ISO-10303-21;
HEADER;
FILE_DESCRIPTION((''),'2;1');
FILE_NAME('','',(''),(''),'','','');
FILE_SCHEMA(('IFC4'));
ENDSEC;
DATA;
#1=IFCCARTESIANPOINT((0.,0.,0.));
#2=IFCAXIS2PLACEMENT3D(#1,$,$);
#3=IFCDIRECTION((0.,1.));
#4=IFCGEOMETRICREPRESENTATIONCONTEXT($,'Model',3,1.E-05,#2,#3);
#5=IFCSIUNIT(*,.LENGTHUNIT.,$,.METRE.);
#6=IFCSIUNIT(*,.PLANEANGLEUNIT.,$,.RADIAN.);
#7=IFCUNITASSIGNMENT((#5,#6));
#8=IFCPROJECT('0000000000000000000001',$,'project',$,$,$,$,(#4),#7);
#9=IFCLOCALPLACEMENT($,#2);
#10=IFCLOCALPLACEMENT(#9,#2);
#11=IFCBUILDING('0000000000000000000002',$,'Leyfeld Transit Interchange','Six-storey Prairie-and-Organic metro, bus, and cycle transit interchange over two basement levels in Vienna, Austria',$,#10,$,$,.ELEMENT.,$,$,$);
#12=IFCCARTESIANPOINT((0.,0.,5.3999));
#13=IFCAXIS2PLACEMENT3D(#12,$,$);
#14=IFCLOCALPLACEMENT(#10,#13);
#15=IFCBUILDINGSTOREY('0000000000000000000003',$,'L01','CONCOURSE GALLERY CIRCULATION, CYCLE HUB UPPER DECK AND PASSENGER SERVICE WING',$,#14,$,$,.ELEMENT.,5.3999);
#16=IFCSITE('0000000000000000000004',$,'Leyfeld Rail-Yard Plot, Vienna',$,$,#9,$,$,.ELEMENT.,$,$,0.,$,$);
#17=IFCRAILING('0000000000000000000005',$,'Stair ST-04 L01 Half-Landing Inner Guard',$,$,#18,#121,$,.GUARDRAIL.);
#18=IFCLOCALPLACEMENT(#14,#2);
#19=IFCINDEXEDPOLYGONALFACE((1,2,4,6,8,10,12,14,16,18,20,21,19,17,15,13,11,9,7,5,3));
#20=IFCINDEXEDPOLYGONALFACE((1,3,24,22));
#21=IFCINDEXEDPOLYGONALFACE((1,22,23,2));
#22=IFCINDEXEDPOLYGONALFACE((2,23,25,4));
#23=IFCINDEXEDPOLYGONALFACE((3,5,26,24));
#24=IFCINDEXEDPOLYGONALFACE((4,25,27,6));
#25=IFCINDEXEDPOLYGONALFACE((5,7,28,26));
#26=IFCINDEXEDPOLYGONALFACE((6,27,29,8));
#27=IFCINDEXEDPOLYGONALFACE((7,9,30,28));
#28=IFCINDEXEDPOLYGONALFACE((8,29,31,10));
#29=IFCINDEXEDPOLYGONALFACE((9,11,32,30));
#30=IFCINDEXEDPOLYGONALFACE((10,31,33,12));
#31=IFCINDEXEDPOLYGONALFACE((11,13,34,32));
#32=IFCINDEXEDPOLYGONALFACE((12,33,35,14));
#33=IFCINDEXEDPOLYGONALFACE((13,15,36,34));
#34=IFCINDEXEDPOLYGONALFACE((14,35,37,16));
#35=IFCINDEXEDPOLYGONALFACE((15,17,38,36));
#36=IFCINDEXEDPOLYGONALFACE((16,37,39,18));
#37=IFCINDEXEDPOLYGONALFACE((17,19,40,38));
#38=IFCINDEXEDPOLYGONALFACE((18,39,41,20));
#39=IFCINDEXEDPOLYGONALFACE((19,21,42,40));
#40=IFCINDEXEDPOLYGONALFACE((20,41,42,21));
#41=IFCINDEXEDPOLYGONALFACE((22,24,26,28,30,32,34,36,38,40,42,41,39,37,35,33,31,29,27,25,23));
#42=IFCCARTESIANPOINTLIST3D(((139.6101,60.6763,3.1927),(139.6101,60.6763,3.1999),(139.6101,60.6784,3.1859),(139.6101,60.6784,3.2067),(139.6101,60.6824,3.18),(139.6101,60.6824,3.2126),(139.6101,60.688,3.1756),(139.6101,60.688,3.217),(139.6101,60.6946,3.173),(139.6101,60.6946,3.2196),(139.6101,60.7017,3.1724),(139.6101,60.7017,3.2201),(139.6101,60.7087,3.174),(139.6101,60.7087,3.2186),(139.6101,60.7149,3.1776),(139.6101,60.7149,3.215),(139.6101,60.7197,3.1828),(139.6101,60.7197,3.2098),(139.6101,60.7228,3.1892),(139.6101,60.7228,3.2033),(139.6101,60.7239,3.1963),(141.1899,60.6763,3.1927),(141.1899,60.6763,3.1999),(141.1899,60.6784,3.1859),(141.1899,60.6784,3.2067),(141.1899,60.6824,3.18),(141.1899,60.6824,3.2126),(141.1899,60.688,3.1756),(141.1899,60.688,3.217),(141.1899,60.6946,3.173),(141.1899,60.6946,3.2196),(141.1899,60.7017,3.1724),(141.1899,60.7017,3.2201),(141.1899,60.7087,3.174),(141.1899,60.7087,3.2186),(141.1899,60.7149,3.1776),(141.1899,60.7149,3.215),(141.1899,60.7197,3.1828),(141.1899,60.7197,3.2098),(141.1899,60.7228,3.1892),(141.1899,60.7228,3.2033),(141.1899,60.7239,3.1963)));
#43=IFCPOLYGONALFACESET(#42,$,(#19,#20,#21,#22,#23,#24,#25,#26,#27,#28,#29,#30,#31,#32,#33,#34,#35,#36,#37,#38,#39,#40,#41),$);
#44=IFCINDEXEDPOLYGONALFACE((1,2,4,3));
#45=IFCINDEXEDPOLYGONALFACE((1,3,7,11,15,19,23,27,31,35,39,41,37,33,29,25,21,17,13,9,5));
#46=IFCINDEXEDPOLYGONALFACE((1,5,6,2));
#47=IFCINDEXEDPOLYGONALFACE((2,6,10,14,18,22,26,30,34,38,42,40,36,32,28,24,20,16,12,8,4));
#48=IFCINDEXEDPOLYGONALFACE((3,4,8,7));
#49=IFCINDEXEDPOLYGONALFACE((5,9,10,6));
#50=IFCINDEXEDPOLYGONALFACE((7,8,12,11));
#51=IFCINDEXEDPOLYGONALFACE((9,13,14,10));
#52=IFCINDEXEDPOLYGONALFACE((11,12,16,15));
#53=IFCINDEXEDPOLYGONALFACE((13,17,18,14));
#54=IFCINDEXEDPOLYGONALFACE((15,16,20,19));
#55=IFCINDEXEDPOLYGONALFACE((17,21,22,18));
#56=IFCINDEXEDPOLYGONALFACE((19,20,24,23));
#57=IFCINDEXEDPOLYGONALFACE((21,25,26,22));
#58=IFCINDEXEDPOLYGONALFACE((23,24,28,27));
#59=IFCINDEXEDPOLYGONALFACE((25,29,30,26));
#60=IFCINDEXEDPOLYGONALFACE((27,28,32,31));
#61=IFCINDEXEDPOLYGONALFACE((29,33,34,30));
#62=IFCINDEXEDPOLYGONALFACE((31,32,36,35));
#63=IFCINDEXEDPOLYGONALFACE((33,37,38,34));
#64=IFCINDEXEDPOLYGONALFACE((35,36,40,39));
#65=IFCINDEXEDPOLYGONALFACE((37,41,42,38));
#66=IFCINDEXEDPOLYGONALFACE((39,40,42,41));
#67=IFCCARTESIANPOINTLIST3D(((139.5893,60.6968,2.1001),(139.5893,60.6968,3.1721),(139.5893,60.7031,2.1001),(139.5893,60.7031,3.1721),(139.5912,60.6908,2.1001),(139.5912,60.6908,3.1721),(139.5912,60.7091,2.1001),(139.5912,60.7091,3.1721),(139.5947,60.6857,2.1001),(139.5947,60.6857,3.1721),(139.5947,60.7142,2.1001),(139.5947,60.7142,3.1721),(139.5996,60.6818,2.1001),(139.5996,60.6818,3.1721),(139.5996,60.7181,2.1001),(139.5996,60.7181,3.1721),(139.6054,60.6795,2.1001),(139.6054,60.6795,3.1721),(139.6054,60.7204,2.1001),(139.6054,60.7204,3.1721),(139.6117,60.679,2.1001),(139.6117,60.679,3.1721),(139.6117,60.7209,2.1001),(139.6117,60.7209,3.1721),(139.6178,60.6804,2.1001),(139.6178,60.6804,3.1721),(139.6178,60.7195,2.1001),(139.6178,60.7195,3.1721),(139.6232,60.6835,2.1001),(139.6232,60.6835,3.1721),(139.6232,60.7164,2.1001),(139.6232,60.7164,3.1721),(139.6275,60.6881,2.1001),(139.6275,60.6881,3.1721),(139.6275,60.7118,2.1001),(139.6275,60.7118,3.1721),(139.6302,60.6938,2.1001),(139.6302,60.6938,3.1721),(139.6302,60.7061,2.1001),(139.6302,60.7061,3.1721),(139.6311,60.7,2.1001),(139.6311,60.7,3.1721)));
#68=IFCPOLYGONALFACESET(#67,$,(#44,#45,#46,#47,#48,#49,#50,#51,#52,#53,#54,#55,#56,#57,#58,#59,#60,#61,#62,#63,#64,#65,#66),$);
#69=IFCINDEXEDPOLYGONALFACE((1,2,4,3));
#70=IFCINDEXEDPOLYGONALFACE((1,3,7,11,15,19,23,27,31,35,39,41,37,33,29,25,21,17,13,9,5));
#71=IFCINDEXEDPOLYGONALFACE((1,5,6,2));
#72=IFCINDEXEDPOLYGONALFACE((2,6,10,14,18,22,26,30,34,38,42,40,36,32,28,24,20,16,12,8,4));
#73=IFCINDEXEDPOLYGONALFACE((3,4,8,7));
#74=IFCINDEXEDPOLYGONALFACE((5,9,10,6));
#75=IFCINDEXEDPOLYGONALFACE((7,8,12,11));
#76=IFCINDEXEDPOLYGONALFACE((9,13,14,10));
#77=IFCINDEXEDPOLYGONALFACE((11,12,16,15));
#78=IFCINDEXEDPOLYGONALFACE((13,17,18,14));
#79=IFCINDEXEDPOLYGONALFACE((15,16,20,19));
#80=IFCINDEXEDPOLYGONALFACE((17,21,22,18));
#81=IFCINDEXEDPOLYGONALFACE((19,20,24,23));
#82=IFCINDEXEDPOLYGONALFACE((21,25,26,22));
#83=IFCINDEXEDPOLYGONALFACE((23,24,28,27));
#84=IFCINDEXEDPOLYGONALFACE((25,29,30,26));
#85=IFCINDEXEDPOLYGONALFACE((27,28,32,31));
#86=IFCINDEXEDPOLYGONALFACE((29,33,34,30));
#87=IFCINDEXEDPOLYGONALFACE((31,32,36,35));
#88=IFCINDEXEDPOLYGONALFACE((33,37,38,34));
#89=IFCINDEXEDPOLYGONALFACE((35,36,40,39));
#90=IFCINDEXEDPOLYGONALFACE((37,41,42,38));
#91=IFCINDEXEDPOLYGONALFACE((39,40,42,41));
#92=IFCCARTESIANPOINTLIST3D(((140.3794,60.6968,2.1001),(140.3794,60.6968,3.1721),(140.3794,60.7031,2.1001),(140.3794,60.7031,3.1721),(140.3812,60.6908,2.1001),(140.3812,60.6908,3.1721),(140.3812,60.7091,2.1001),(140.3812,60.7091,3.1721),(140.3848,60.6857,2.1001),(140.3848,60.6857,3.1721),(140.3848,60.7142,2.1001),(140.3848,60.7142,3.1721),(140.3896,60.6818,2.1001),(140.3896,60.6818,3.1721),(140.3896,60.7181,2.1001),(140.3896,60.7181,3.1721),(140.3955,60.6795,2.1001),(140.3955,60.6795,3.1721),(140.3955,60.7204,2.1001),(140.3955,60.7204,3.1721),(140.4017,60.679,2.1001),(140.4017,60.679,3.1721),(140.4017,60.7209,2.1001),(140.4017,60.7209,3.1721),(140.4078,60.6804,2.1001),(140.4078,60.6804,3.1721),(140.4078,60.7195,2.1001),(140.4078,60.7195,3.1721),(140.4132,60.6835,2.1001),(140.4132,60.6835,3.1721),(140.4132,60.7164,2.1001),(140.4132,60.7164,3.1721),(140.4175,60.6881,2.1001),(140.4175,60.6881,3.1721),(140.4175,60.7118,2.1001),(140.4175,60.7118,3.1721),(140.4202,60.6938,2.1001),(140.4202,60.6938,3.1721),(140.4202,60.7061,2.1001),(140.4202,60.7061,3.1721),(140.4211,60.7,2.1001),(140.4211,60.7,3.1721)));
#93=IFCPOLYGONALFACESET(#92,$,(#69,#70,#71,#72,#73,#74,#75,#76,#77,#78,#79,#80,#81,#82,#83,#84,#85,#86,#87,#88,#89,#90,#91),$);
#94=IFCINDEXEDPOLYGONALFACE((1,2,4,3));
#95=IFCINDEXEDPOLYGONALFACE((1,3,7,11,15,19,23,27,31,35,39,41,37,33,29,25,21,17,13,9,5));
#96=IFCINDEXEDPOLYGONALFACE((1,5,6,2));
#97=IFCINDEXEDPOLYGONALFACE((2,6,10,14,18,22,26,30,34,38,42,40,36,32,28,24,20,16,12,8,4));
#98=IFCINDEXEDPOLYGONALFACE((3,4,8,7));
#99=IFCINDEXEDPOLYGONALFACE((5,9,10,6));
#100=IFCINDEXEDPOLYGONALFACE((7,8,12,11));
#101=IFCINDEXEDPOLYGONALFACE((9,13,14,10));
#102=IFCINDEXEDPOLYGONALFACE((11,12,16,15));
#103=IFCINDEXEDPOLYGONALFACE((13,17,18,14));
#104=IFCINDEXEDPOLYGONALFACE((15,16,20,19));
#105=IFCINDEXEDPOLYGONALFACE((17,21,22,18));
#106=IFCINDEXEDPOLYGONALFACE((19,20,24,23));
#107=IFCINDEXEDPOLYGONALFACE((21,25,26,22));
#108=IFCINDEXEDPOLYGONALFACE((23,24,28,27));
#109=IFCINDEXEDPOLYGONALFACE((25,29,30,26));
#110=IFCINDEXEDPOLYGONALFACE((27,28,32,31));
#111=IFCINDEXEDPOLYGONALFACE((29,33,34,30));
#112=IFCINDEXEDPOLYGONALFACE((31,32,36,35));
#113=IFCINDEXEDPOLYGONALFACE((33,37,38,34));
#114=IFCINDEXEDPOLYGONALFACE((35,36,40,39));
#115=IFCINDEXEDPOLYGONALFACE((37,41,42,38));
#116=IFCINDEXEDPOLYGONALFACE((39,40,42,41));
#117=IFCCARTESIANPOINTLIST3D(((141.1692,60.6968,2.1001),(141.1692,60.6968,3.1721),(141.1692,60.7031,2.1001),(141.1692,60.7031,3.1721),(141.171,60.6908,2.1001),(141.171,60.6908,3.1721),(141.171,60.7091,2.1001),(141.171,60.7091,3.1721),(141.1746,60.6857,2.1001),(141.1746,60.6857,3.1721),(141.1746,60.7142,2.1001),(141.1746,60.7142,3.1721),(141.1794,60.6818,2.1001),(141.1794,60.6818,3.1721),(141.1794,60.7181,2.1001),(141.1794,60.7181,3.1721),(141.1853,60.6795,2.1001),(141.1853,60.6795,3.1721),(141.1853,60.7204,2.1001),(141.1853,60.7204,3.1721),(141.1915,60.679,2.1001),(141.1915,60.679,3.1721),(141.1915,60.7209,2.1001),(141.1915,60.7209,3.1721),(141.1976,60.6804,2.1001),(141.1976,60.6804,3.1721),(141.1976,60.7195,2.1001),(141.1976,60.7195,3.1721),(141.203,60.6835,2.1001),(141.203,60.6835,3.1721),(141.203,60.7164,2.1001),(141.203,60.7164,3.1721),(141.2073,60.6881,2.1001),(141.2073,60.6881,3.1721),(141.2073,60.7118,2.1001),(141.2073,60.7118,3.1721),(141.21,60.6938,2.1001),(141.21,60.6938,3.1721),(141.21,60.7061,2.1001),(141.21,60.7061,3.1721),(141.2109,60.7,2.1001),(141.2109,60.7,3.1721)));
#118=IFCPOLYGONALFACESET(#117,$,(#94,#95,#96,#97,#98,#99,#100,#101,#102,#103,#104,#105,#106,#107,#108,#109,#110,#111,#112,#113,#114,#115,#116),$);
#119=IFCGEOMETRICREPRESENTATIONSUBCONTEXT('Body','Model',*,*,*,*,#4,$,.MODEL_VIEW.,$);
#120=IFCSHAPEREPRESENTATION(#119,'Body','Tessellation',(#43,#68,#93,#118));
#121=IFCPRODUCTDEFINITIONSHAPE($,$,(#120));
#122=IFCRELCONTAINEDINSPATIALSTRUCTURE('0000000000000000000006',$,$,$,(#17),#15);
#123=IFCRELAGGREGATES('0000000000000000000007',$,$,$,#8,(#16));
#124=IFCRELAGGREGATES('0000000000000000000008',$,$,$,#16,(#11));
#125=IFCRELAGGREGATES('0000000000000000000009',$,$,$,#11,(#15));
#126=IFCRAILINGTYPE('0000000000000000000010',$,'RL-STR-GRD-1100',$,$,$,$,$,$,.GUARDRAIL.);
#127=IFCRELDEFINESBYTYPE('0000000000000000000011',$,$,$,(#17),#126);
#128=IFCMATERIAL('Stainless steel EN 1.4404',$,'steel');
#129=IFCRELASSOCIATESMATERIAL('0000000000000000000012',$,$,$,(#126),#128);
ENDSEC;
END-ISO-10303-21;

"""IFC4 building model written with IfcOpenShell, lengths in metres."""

from ifc_helpers import new_model, si_unit, direction, frame, origin, origin_2d, place, context, subcontext, project, spatial, circle, extrude, material, type_object, element, save


model = new_model("IFC4")

# Units and contexts
model_context = context("Model", 3, precision=1e-05, world=origin(), true_north=direction((0.0, 1.0)))
body_context = subcontext(model_context, "Body", "Model", "MODEL_VIEW")
ifc_project = project(units=[si_unit("LENGTHUNIT", "METRE"), si_unit("PLANEANGLEUNIT", "RADIAN")], contexts=[model_context])

# Site, building, storey
site_placement = place(None, origin())
site = spatial("IfcSite", under=ifc_project, at=site_placement, Name="Leyfeld Rail-Yard Plot, Vienna", CompositionType="ELEMENT", RefElevation=0.0)
building_placement = place(site_placement, origin())
building = spatial("IfcBuilding", under=site, at=building_placement, Name="Leyfeld Transit Interchange", Description="Six-storey Prairie-and-Organic metro, bus, and cycle transit interchange over two basement levels in Vienna, Austria", CompositionType="ELEMENT")
storey_placement = place(building_placement, frame((0.0, 0.0, 5.3999)))
storey = spatial("IfcBuildingStorey", under=building, at=storey_placement, Name="L01", Description="CONCOURSE GALLERY CIRCULATION, CYCLE HUB UPPER DECK AND PASSENGER SERVICE WING", CompositionType="ELEMENT", Elevation=5.3999)

# Railing
ifc_material_1 = material(Name="Stainless steel EN 1.4404", Category="steel")
railing_type_1 = type_object("IfcRailingType", Name="RL-STR-GRD-1100", PredefinedType="GUARDRAIL", material=ifc_material_1)
railing_1_placement = place(storey_placement, frame((139.6101, 60.7, 2.1001)))
element("IfcRailing", 1, at=railing_1_placement, inside=storey, type_object=railing_type_1, Name="Stair ST-04 L01 Half-Landing Inner Guard", PredefinedType="GUARDRAIL", context=body_context, shape_type="SweptSolid", body=[
    extrude(circle(Radius=0.0239, at=origin_2d()), frame((0.0, 0.0, 1.0962), z_axis=(1.0, 0.0, 0.0), x_axis=(0.0, 1.0, 0.0)), (0.0, 0.0, 1.0), 1.5798),
    extrude(circle(Radius=0.021, at=origin_2d()), origin(), (0.0, 0.0, 1.0), 1.072),
    extrude(circle(Radius=0.021, at=origin_2d()), frame((0.79, 0.0, 0.0)), (0.0, 0.0, 1.0), 1.072),
    extrude(circle(Radius=0.021, at=origin_2d()), frame((1.5798, 0.0, 0.0)), (0.0, 0.0, 1.0), 1.072),
])

save(model, "model.ifc")
